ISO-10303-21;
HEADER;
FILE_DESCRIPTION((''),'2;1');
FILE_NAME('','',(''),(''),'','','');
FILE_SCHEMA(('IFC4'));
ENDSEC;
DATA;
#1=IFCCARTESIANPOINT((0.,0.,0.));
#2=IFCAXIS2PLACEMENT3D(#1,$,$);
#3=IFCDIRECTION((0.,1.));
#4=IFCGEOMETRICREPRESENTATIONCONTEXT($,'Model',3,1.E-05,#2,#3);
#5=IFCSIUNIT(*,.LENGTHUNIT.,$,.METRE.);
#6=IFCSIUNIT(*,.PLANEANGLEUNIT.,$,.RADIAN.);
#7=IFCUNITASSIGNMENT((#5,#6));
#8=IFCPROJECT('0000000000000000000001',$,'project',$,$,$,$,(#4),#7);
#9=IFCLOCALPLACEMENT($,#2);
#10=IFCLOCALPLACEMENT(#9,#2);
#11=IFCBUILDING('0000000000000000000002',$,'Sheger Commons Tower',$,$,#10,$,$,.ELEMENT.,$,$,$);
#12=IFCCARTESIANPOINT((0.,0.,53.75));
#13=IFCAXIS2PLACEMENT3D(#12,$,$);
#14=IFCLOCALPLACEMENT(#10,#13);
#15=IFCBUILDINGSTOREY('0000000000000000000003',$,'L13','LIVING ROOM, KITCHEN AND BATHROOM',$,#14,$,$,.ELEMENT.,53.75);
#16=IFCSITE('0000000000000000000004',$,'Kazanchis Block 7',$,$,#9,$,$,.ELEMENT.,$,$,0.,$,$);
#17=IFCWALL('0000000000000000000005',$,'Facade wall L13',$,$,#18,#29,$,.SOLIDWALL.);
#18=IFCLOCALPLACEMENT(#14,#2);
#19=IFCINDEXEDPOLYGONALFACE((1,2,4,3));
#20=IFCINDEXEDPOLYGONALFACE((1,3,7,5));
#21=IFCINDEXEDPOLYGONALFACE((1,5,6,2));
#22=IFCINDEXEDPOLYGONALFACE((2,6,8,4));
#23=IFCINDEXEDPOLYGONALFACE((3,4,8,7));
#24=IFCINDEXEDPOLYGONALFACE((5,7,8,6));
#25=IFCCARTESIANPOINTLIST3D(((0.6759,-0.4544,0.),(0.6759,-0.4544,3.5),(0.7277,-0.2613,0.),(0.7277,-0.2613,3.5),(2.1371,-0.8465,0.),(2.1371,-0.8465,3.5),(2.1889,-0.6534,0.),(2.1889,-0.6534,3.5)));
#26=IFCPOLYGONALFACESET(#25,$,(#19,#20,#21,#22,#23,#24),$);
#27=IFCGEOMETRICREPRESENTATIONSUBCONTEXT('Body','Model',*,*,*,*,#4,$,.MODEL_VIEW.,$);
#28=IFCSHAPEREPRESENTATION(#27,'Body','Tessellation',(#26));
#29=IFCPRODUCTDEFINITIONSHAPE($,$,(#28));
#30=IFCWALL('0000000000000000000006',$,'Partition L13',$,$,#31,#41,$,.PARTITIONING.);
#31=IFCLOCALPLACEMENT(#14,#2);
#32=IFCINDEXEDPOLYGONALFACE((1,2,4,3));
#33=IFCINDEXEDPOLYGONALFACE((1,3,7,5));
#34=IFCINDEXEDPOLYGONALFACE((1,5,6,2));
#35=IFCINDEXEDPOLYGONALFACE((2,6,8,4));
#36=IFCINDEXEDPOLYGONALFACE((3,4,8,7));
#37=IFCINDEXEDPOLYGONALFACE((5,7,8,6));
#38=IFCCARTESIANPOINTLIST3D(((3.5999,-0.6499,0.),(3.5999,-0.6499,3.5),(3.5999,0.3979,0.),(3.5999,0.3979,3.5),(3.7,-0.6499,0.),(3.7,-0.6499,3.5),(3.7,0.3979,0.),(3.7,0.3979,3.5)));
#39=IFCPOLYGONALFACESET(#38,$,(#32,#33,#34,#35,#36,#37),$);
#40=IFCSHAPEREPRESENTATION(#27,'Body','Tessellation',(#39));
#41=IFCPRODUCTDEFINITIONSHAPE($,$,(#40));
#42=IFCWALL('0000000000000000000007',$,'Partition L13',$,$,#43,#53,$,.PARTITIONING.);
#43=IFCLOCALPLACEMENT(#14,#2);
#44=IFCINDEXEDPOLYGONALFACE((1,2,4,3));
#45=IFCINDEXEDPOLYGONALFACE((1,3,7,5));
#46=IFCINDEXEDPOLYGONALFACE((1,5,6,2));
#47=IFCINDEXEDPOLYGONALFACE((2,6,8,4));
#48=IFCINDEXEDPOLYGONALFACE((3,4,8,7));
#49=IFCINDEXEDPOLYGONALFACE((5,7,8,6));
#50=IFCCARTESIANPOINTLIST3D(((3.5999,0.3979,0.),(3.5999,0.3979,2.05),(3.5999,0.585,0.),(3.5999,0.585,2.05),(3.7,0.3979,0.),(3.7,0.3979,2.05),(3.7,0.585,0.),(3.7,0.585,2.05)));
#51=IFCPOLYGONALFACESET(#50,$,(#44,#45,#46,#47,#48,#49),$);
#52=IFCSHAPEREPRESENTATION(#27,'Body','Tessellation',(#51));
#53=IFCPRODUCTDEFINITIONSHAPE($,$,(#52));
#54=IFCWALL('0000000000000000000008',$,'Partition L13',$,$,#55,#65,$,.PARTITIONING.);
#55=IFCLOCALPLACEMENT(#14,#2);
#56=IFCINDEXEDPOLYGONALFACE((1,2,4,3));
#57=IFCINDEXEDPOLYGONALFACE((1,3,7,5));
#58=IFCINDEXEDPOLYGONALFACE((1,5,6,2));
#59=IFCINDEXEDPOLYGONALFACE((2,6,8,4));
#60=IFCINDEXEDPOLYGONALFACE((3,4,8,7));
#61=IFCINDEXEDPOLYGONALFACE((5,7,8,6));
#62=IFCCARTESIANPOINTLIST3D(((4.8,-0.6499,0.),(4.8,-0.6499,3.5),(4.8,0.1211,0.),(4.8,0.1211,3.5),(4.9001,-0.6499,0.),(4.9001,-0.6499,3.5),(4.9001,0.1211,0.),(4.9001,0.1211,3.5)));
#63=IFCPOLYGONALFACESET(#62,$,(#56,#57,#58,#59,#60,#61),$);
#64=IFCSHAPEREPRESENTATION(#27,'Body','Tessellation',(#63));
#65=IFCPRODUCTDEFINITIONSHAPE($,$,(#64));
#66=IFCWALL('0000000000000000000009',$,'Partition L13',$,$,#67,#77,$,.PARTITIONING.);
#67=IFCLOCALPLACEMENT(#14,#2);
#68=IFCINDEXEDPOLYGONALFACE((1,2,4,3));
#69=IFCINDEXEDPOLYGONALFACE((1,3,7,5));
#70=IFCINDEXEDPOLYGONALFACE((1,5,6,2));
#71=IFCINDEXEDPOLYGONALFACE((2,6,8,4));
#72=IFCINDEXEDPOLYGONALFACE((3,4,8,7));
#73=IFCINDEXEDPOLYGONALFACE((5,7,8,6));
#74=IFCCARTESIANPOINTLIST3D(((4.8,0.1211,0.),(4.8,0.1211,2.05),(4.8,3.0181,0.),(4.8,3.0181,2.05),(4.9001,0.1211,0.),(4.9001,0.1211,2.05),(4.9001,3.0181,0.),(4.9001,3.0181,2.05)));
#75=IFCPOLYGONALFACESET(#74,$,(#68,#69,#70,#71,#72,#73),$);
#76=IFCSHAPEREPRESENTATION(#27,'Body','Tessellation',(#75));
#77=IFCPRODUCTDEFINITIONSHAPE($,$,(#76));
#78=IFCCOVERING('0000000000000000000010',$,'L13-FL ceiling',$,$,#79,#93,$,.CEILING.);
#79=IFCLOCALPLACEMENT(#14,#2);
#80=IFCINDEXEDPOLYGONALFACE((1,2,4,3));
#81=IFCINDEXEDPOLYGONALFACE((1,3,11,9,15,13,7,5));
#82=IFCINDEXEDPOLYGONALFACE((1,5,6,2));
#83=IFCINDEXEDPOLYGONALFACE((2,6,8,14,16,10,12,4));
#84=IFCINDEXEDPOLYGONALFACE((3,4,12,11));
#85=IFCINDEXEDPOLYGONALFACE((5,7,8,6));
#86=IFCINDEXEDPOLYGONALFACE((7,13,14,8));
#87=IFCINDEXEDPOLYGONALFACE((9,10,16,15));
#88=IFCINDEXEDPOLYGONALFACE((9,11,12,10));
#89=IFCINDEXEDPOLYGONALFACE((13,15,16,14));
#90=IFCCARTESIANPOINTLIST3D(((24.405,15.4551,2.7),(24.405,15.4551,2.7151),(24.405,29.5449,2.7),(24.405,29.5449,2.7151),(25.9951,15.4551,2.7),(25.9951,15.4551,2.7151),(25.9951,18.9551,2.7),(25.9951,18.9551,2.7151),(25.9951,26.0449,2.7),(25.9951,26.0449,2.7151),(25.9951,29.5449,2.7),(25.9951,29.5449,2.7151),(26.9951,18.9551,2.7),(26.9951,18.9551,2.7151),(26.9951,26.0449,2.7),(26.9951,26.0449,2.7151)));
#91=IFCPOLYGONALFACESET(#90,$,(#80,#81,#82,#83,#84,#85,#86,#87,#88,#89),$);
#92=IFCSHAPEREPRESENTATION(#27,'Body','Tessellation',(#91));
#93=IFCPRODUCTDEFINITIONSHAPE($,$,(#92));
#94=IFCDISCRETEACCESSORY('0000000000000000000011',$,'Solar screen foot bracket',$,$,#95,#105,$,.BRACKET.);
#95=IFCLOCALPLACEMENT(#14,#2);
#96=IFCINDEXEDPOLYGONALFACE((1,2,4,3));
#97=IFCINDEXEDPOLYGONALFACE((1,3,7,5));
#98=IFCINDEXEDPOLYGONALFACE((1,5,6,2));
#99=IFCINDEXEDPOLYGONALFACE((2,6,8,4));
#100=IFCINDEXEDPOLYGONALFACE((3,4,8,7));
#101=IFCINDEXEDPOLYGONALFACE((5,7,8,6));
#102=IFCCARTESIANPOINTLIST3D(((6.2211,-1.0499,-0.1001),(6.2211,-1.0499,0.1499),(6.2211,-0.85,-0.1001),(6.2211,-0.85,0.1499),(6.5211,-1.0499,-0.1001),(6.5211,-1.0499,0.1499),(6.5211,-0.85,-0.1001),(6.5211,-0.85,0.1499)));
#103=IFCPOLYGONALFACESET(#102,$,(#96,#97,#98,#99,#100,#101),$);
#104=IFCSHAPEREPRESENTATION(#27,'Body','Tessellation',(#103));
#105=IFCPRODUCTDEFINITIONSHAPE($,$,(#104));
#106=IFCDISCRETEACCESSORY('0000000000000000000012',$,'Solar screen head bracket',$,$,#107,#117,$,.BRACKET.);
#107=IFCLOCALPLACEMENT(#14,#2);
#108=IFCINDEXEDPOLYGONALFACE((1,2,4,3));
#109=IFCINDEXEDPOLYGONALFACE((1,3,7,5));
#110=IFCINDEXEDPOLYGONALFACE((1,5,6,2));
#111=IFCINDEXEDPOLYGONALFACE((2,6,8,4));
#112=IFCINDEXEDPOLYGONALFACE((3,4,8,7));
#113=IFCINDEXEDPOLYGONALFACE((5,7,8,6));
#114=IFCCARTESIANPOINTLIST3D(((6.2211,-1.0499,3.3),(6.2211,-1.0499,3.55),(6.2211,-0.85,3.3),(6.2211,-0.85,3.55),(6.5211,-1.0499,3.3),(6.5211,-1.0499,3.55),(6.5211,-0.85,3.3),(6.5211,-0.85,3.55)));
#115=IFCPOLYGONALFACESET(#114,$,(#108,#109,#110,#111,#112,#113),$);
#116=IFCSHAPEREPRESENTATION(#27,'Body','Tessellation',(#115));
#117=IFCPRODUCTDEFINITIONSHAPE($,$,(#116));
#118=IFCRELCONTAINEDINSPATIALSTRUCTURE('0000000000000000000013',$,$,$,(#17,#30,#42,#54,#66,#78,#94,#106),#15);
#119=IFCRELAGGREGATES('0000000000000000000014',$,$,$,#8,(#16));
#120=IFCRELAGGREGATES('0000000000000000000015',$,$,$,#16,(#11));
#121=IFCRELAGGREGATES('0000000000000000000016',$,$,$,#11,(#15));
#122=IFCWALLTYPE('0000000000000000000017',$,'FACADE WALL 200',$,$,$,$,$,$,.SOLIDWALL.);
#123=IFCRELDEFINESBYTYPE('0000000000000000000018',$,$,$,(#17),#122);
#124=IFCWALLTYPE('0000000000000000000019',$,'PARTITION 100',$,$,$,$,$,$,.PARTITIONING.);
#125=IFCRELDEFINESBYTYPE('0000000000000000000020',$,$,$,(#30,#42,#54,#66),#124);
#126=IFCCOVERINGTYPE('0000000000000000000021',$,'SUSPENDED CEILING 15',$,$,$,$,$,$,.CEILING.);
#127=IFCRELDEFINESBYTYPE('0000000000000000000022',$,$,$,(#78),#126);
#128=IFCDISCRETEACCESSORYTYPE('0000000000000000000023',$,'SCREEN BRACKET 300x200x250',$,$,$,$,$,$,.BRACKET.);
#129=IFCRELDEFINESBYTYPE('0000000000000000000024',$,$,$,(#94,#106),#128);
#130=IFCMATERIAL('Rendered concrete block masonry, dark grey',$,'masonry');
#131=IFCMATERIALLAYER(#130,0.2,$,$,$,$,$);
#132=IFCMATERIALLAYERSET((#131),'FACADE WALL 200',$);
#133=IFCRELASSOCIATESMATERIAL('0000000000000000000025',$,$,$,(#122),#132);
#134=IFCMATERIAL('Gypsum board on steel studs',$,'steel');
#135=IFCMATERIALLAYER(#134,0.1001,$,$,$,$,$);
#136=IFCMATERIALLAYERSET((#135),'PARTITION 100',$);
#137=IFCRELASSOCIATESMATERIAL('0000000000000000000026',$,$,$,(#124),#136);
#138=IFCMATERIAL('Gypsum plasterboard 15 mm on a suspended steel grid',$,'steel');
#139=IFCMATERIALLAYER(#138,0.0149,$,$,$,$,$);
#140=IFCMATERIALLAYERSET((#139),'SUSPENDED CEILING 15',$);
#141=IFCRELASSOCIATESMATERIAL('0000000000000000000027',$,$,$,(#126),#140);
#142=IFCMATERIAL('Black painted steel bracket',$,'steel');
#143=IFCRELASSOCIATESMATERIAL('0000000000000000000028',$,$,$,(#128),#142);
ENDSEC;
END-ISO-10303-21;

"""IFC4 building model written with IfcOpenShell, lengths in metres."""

from ifc_helpers import new_model, si_unit, direction, frame, frame_2d, origin, origin_2d, place, context, subcontext, project, spatial, polyline, rectangle, outline, extrude, material, layer, layer_set, type_object, element, save


model = new_model("IFC4")

# Units and contexts
model_context = context("Model", 3, precision=1e-05, world=origin(), true_north=direction((0.0, 1.0)))
body_context = subcontext(model_context, "Body", "Model", "MODEL_VIEW")
ifc_project = project(units=[si_unit("LENGTHUNIT", "METRE"), si_unit("PLANEANGLEUNIT", "RADIAN")], contexts=[model_context])

# Site, building, storey
site_placement = place(None, origin())
site = spatial("IfcSite", under=ifc_project, at=site_placement, Name="Kazanchis Block 7", CompositionType="ELEMENT", RefElevation=0.0)
building_placement = place(site_placement, origin())
building = spatial("IfcBuilding", under=site, at=building_placement, Name="Sheger Commons Tower", CompositionType="ELEMENT")
storey_placement = place(building_placement, frame((0.0, 0.0, 53.75)))
storey = spatial("IfcBuildingStorey", under=building, at=storey_placement, Name="L13", Description="LIVING ROOM, KITCHEN AND BATHROOM", CompositionType="ELEMENT", Elevation=53.75)

# Shared definitions
ifc_material_1 = material(Name="Rendered concrete block masonry, dark grey", Category="masonry")
ifc_layer_1 = layer(ifc_material_1, 0.2)
ifc_layer_set_1 = layer_set([ifc_layer_1], Name="FACADE WALL 200")
wall_type_1 = type_object("IfcWallType", Name="FACADE WALL 200", PredefinedType="SOLIDWALL", material=ifc_layer_set_1)

# Walls
wall_1_placement = place(storey_placement, frame((0.7019, -0.3579, 0.0), z_axis=(0.0, 0.0, 1.0), x_axis=(0.965832, -0.259169, 0.0)))
element("IfcWall", 1, at=wall_1_placement, inside=storey, type_object=wall_type_1, Name="Facade wall L13", PredefinedType="SOLIDWALL", context=body_context, shape_type="SweptSolid", body=[
    extrude(rectangle(XDim=1.5129, YDim=0.2, at=frame_2d((0.7563, 0.0))), origin(), (0.0, 0.0, 1.0), 3.5),
])
ifc_material_2 = material(Name="Gypsum board on steel studs", Category="steel")
ifc_layer_2 = layer(ifc_material_2, 0.1001)
ifc_layer_set_2 = layer_set([ifc_layer_2], Name="PARTITION 100")
wall_type_2 = type_object("IfcWallType", Name="PARTITION 100", PredefinedType="PARTITIONING", material=ifc_layer_set_2)
wall_2_placement = place(storey_placement, frame((3.6499, -0.6499, 0.0), z_axis=(0.0, 0.0, 1.0), x_axis=(0.0, 1.0, 0.0)))
element("IfcWall", 2, at=wall_2_placement, inside=storey, type_object=wall_type_2, Name="Partition L13", PredefinedType="PARTITIONING", context=body_context, shape_type="SweptSolid", body=[
    extrude(rectangle(XDim=1.0479, YDim=0.1001, at=frame_2d((0.5239, 0.0))), origin(), (0.0, 0.0, 1.0), 3.5),
])
wall_3_placement = place(storey_placement, frame((3.6499, 0.3979, 0.0), z_axis=(0.0, 0.0, 1.0), x_axis=(0.0, 1.0, 0.0)))
element("IfcWall", 3, at=wall_3_placement, inside=storey, type_object=wall_type_2, Name="Partition L13", PredefinedType="PARTITIONING", context=body_context, shape_type="SweptSolid", body=[
    extrude(rectangle(XDim=0.187, YDim=0.1001, at=frame_2d((0.0935, 0.0))), origin(), (0.0, 0.0, 1.0), 2.05),
])
wall_4_placement = place(storey_placement, frame((4.8501, -0.6499, 0.0), z_axis=(0.0, 0.0, 1.0), x_axis=(0.0, 1.0, 0.0)))
element("IfcWall", 4, at=wall_4_placement, inside=storey, type_object=wall_type_2, Name="Partition L13", PredefinedType="PARTITIONING", context=body_context, shape_type="SweptSolid", body=[
    extrude(rectangle(XDim=0.771, YDim=0.1001, at=frame_2d((0.3855, 0.0))), origin(), (0.0, 0.0, 1.0), 3.5),
])
wall_5_placement = place(storey_placement, frame((4.8501, 0.1211, 0.0), z_axis=(0.0, 0.0, 1.0), x_axis=(0.0, 1.0, 0.0)))
element("IfcWall", 5, at=wall_5_placement, inside=storey, type_object=wall_type_2, Name="Partition L13", PredefinedType="PARTITIONING", context=body_context, shape_type="SweptSolid", body=[
    extrude(rectangle(XDim=2.897, YDim=0.1001, at=frame_2d((1.4485, 0.0))), origin(), (0.0, 0.0, 1.0), 2.05),
])

# Covering
ifc_material_3 = material(Name="Gypsum plasterboard 15 mm on a suspended steel grid", Category="steel")
ifc_layer_3 = layer(ifc_material_3, 0.0149)
ifc_layer_set_3 = layer_set([ifc_layer_3], Name="SUSPENDED CEILING 15")
covering_type = type_object("IfcCoveringType", Name="SUSPENDED CEILING 15", PredefinedType="CEILING", material=ifc_layer_set_3)
covering_placement = place(storey_placement, frame((0.0, 0.0, 2.7)))
element("IfcCovering", 6, at=covering_placement, inside=storey, type_object=covering_type, Name="L13-FL ceiling", PredefinedType="CEILING", context=body_context, shape_type="SweptSolid", body=[
    extrude(outline(polyline([(24.405, 15.4551), (25.9951, 15.4551), (25.9951, 18.9551), (26.9951, 18.9551), (26.9951, 26.0449), (25.9951, 26.0449), (25.9951, 29.5449), (24.405, 29.5449), (24.405, 15.4551)])), origin(), (0.0, 0.0, 1.0), 0.0151),
])

# Discrete accessories
ifc_material_4 = material(Name="Black painted steel bracket", Category="steel")
discrete_accessory_type = type_object("IfcDiscreteAccessoryType", Name="SCREEN BRACKET 300x200x250", PredefinedType="BRACKET", material=ifc_material_4)
for number, where, z_axis, x_axis, name in (
    (7, (6.3711, -0.95, -0.1001), (0.0, 0.0, 1.0), (1.0, 0.0, 0.0), "Solar screen foot bracket"),
    (8, (6.3711, -0.95, 3.3), (0.0, 0.0, 1.0), (1.0, 0.0, 0.0), "Solar screen head bracket"),
):
    element("IfcDiscreteAccessory", number, at=place(storey_placement, frame(where, z_axis=z_axis, x_axis=x_axis)), inside=storey, type_object=discrete_accessory_type, Name=name, PredefinedType="BRACKET", context=body_context, shape_type="SweptSolid", body=[
        extrude(rectangle(XDim=0.3, YDim=0.2, at=origin_2d()), origin(), (0.0, 0.0, 1.0), 0.25),
    ])

save(model, "model.ifc")
